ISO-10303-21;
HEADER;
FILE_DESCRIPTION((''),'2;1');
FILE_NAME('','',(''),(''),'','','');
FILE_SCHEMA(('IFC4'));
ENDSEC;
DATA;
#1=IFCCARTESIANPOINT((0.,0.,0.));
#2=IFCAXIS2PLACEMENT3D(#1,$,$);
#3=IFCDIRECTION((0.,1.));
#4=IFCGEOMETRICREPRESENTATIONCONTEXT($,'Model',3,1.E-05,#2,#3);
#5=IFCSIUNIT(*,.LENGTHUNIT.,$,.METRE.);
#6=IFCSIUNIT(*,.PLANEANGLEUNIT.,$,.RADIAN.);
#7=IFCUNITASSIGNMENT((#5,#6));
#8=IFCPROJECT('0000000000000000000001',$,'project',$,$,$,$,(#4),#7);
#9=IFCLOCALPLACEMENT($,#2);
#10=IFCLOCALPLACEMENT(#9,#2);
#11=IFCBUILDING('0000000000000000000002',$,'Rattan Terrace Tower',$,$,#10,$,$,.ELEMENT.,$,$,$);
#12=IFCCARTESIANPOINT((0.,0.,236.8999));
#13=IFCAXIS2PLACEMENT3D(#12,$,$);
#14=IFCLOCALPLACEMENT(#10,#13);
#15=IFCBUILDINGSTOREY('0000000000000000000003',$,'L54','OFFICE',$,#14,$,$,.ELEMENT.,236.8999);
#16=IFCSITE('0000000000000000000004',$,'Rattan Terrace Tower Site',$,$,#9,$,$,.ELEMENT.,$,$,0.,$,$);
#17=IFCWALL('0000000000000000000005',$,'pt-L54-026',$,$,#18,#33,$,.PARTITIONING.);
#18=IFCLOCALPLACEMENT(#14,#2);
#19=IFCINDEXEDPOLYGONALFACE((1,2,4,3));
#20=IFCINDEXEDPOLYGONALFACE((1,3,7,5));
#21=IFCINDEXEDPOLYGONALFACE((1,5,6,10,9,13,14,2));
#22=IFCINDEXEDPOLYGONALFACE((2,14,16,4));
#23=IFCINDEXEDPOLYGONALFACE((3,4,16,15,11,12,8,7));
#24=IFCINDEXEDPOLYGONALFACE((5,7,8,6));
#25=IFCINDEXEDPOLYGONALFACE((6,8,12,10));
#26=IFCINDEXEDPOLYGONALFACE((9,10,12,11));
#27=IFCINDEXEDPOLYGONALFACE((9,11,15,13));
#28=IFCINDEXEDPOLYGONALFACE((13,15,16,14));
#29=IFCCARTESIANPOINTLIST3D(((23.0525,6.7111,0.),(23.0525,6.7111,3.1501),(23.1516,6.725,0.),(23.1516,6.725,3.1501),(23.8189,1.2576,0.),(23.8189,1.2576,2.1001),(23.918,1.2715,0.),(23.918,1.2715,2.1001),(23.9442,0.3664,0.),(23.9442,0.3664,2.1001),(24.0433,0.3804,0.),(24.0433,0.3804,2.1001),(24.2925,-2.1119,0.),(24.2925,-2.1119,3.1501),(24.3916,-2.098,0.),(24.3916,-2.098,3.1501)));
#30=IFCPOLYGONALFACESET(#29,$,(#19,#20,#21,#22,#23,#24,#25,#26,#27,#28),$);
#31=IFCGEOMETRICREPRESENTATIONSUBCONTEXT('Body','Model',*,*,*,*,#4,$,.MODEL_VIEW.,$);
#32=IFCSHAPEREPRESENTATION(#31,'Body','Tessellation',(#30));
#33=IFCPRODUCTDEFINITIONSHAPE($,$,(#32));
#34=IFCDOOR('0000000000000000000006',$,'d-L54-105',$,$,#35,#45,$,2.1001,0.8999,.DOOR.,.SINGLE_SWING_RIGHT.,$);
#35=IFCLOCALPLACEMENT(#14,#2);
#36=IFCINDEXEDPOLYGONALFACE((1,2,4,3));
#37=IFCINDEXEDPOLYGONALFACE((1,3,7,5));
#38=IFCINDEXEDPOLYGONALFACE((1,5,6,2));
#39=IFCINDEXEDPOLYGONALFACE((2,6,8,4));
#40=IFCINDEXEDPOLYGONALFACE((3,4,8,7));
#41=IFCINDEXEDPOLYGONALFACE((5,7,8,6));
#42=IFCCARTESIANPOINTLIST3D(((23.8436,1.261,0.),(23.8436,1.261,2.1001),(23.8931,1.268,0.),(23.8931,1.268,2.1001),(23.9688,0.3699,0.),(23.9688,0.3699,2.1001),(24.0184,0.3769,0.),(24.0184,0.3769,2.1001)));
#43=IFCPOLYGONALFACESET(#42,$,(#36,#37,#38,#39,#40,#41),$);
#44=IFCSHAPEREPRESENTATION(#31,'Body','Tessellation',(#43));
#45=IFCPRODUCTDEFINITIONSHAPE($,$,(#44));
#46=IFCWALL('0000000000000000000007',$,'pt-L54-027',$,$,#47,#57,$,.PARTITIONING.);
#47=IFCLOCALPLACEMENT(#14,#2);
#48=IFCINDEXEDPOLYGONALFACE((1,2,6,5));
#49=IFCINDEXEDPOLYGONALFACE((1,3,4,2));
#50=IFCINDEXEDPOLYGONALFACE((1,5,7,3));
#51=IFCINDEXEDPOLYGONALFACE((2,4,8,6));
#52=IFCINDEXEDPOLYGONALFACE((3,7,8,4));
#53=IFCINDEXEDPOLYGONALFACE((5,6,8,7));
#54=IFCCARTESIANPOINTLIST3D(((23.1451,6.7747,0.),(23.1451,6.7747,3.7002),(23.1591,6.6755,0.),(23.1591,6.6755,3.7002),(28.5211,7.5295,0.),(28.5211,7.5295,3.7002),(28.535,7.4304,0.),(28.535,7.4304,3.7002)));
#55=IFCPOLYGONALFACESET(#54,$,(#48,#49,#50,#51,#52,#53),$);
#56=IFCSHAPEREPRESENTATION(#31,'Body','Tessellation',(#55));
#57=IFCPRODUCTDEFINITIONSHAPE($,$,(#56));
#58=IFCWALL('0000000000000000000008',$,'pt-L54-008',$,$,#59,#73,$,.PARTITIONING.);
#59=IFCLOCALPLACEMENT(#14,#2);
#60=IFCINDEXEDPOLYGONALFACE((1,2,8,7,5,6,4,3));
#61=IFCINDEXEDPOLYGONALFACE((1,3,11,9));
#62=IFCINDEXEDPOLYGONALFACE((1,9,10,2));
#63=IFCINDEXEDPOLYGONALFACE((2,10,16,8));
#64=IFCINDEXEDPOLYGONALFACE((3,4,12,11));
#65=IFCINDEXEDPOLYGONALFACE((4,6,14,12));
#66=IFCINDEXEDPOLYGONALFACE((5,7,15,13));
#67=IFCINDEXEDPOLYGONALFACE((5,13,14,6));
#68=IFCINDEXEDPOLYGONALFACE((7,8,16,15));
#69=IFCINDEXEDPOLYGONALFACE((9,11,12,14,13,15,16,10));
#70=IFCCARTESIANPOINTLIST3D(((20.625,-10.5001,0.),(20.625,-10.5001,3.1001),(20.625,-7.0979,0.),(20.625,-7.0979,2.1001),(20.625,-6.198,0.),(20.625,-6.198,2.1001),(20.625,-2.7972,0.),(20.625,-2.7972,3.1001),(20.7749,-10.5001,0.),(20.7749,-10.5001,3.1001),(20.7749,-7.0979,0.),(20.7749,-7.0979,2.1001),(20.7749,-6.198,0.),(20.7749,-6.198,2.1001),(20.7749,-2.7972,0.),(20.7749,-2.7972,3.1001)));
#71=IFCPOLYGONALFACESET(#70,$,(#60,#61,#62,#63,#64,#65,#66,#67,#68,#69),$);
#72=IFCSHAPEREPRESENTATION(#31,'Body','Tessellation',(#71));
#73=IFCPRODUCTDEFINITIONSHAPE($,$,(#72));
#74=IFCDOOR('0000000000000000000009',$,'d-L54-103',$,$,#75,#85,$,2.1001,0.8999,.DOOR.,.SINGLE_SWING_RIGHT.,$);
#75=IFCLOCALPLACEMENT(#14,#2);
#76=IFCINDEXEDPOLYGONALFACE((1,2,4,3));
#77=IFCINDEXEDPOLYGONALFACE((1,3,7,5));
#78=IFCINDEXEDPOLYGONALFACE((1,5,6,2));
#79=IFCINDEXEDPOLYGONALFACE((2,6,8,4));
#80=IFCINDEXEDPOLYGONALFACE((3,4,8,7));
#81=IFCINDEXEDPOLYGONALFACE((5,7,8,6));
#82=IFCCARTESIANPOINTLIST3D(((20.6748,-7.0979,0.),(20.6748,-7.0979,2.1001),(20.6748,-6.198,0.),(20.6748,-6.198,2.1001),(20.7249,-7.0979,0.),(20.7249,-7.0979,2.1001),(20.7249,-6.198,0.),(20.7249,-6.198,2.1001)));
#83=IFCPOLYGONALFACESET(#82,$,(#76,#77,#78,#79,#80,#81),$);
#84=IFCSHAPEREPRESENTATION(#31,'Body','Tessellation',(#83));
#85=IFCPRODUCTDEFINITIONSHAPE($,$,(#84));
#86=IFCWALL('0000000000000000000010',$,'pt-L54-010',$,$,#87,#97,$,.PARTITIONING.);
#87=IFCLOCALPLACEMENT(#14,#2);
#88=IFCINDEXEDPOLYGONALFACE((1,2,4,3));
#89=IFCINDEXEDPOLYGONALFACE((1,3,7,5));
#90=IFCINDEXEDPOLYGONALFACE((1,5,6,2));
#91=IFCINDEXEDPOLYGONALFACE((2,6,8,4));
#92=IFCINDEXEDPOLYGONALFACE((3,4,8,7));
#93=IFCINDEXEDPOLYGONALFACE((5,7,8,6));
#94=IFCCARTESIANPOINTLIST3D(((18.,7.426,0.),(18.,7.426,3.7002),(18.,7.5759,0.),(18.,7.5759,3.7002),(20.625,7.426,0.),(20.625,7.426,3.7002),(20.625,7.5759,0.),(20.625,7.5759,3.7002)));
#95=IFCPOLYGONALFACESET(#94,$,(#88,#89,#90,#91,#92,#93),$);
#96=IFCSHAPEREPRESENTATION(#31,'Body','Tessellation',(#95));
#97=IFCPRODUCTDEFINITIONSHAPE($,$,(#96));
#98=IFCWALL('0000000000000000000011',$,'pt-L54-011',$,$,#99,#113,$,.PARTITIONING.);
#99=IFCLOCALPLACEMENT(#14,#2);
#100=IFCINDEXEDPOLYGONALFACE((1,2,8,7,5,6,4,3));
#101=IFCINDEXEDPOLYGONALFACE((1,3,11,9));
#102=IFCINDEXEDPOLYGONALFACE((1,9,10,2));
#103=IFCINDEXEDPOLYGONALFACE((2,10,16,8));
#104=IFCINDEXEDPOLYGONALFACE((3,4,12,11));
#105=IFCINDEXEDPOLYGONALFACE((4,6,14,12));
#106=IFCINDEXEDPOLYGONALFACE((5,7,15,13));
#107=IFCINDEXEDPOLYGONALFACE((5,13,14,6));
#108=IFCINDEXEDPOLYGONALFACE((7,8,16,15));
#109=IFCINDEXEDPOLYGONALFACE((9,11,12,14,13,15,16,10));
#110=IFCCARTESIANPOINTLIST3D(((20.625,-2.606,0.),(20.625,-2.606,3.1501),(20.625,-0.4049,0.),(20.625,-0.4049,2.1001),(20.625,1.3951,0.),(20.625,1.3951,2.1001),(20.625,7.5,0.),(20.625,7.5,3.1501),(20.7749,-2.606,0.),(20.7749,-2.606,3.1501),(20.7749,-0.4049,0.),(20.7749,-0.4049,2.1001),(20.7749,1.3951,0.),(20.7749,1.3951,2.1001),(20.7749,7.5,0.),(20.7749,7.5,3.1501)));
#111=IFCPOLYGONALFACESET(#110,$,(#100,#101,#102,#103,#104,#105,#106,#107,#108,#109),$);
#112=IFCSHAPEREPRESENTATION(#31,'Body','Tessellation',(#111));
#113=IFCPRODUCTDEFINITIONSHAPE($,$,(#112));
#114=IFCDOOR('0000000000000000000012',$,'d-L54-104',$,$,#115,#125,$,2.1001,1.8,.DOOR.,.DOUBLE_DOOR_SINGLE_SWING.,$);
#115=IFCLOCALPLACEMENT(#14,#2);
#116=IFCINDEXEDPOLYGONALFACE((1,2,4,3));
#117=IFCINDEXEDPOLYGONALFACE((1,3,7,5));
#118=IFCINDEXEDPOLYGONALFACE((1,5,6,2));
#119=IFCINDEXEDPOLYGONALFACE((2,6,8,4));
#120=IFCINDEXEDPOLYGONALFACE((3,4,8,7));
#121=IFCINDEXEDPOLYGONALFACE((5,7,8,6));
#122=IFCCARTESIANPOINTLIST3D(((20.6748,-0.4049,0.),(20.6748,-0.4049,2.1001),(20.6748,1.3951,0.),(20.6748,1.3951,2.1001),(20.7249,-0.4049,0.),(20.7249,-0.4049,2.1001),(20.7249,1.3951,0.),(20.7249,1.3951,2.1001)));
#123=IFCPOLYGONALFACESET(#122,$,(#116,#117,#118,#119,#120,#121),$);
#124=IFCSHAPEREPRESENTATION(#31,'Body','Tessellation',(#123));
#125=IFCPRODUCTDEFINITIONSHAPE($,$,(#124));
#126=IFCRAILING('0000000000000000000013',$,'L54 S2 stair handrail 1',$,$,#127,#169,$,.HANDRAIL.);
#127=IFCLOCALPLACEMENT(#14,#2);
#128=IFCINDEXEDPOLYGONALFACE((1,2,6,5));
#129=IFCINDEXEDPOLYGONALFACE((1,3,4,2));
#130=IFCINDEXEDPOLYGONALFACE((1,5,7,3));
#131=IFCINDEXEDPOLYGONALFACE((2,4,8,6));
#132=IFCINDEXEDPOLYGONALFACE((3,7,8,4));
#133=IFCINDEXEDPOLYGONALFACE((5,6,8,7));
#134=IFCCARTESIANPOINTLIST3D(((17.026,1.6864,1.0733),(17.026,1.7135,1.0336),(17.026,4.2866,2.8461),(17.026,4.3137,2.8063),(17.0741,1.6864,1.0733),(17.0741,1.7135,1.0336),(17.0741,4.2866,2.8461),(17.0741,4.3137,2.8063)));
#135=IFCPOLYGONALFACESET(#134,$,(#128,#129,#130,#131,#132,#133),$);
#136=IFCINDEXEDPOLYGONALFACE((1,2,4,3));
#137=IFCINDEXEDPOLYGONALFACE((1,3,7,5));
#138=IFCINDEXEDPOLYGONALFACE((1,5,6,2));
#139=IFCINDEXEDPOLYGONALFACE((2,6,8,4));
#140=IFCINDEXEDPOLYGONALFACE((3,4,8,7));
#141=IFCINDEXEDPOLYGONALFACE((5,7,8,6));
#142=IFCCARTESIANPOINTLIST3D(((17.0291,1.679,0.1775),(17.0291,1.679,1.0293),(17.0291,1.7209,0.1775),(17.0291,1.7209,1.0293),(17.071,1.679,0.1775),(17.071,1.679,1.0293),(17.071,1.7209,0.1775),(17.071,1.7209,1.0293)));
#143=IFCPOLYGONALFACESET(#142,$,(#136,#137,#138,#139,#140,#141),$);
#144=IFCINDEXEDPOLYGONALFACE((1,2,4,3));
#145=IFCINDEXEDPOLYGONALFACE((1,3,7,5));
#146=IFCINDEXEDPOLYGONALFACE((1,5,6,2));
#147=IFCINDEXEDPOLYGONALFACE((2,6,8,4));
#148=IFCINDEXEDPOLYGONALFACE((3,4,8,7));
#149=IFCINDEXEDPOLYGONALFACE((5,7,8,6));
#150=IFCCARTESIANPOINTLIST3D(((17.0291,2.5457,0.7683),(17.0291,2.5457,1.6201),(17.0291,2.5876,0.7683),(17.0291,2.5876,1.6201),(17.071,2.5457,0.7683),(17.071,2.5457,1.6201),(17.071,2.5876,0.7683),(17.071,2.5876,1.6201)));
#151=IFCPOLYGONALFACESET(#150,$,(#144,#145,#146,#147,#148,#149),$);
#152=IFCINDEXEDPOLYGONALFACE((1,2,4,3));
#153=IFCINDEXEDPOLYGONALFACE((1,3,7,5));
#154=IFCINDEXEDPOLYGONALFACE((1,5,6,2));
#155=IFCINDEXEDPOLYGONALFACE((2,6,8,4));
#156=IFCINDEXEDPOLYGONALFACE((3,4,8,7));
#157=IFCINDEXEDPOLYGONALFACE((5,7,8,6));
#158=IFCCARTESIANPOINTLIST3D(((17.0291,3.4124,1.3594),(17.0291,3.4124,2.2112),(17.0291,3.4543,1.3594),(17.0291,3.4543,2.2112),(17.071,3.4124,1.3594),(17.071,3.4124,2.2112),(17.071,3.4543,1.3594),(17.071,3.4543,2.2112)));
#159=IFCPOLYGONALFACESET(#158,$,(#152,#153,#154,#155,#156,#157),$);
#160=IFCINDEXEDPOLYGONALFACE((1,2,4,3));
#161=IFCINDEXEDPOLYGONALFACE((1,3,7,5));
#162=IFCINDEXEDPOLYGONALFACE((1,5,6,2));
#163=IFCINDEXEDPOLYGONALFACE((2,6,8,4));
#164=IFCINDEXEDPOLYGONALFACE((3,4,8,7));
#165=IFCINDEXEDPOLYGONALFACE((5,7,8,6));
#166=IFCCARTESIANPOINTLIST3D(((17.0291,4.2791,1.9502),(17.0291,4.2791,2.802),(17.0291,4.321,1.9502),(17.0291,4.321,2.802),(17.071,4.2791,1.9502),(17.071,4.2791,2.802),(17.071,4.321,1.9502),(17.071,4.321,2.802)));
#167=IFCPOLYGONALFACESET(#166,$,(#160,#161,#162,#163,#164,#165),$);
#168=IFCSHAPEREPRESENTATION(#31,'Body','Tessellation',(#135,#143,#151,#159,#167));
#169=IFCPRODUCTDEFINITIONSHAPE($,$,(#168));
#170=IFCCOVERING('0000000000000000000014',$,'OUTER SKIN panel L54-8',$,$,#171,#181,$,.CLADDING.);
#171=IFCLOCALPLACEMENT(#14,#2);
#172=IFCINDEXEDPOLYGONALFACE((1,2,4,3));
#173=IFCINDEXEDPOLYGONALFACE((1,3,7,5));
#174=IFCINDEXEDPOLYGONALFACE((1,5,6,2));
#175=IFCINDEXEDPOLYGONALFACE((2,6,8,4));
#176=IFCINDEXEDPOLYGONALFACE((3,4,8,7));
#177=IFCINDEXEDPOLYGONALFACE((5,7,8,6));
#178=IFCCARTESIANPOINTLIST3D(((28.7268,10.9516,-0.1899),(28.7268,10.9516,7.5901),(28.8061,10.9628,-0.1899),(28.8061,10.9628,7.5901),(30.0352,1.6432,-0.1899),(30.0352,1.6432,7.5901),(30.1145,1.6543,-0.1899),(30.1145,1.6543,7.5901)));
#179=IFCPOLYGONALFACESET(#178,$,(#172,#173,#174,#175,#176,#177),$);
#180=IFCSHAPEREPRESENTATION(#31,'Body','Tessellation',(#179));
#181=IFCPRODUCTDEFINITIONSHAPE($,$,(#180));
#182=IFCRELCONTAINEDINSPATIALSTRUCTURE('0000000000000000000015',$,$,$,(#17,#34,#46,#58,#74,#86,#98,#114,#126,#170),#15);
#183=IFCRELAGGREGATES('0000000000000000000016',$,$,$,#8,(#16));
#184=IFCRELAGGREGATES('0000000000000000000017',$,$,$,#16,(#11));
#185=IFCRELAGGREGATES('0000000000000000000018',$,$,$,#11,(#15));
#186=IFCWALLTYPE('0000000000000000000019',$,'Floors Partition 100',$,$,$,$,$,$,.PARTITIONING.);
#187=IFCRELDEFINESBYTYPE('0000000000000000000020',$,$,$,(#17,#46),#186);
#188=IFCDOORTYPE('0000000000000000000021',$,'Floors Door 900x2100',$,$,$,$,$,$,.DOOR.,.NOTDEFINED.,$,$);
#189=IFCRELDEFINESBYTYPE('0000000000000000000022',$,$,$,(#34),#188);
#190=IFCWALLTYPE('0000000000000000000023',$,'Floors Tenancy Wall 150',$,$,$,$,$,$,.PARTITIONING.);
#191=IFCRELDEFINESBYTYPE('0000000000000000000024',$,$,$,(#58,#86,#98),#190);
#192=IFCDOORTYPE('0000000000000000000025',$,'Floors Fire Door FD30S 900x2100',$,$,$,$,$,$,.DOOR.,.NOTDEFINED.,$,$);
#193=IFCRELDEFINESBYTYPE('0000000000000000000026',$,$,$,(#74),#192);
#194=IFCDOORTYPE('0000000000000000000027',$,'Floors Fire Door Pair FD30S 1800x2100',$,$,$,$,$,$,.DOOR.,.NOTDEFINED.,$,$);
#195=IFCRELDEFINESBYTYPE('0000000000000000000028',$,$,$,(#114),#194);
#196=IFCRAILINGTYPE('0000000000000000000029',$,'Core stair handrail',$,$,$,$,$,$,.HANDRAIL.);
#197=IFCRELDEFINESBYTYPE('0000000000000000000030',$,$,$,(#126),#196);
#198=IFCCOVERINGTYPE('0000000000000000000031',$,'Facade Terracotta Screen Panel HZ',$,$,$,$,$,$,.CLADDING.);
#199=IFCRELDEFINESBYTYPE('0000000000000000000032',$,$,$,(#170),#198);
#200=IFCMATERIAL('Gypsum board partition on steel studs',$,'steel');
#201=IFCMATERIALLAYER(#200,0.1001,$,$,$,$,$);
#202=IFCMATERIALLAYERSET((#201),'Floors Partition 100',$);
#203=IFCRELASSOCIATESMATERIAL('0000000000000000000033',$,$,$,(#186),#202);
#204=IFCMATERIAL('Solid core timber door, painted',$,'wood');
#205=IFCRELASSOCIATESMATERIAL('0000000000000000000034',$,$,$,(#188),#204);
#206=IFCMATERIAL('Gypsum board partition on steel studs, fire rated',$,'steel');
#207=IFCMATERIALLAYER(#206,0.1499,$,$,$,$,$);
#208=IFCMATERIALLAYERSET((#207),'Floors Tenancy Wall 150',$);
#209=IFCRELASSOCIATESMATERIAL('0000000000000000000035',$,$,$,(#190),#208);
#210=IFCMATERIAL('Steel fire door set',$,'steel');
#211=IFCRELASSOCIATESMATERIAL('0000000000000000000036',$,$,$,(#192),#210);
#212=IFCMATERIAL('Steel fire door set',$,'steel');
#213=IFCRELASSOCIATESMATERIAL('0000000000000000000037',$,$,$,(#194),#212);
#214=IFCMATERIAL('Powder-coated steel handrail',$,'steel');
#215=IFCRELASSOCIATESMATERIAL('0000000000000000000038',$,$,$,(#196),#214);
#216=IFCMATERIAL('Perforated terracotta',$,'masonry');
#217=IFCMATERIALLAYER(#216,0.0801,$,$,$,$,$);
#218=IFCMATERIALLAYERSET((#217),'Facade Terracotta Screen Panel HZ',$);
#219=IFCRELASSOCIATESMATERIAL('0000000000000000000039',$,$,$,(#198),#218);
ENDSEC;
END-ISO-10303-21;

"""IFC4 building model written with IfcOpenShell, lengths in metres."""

from ifc_helpers import new_model, si_unit, direction, frame, frame_2d, origin, origin_2d, place, context, subcontext, project, spatial, rectangle, extrude, material, layer, layer_set, type_object, element, fill, save


model = new_model("IFC4")

# Units and contexts
model_context = context("Model", 3, precision=1e-05, world=origin(), true_north=direction((0.0, 1.0)))
body_context = subcontext(model_context, "Body", "Model", "MODEL_VIEW")
ifc_project = project(units=[si_unit("LENGTHUNIT", "METRE"), si_unit("PLANEANGLEUNIT", "RADIAN")], contexts=[model_context])

# Site, building, storey
site_placement = place(None, origin())
site = spatial("IfcSite", under=ifc_project, at=site_placement, Name="Rattan Terrace Tower Site", CompositionType="ELEMENT", RefElevation=0.0)
building_placement = place(site_placement, origin())
building = spatial("IfcBuilding", under=site, at=building_placement, Name="Rattan Terrace Tower", CompositionType="ELEMENT")
storey_placement = place(building_placement, frame((0.0, 0.0, 236.8999)))
storey = spatial("IfcBuildingStorey", under=building, at=storey_placement, Name="L54", Description="OFFICE", CompositionType="ELEMENT", Elevation=236.8999)

# Wall, opening, door
ifc_material_1 = material(Name="Gypsum board partition on steel studs", Category="steel")
ifc_layer_1 = layer(ifc_material_1, 0.1001)
ifc_layer_set_1 = layer_set([ifc_layer_1], Name="Floors Partition 100")
wall_type_1 = type_object("IfcWallType", Name="Floors Partition 100", PredefinedType="PARTITIONING", material=ifc_layer_set_1)
wall_1_placement = place(storey_placement, frame((23.1021, 6.718, 0.0), z_axis=(0.0, 0.0, 1.0), x_axis=(0.139173, -0.990268, 0.0)))
wall_1 = element("IfcWall", 1, at=wall_1_placement, inside=storey, type_object=wall_type_1, Name="pt-L54-026", PredefinedType="PARTITIONING", context=body_context, shape_type="SweptSolid", body=[
    extrude(rectangle(XDim=8.9097, YDim=0.1001, at=frame_2d((4.4548, 0.0))), origin(), (0.0, 0.0, 1.0), 3.1501),
])
opening_1_placement = place(wall_1_placement, frame((5.5071, 0.0, 0.0)))
opening_1 = element("IfcOpeningElement", 2, at=opening_1_placement, cuts=wall_1, PredefinedType="OPENING", context=body_context, shape_type="SweptSolid", body=[
    extrude(rectangle(XDim=0.8999, YDim=2.1001, at=frame_2d((0.45, 1.05))), frame((0.0, 0.0605, 0.0), z_axis=(0.0, -1.0, 0.0), x_axis=(1.0, 0.0, 0.0)), (0.0, 0.0, 1.0), 0.1211),
])
ifc_material_2 = material(Name="Solid core timber door, painted", Category="wood")
door_type_1 = type_object("IfcDoorType", Name="Floors Door 900x2100", OperationType="NOTDEFINED", PredefinedType="DOOR", material=ifc_material_2)
door_1_placement = place(opening_1_placement, origin())
door_1 = element("IfcDoor", 3, at=door_1_placement, inside=storey, type_object=door_type_1, Name="d-L54-105", OperationType="SINGLE_SWING_RIGHT", OverallHeight=2.1001, OverallWidth=0.8999, PredefinedType="DOOR", context=body_context, shape_type="SweptSolid", body=[
    extrude(rectangle(XDim=0.8999, YDim=2.1001, at=frame_2d((0.45, 1.05))), frame((0.0, 0.0249, 0.0), z_axis=(0.0, -1.0, 0.0), x_axis=(1.0, 0.0, 0.0)), (0.0, 0.0, 1.0), 0.05),
])
fill(opening_1, door_1)

# Wall
wall_2_placement = place(storey_placement, frame((28.5281, 7.48, 0.0), z_axis=(0.0, 0.0, 1.0), x_axis=(-0.990285, -0.139054, 0.0)))
element("IfcWall", 4, at=wall_2_placement, inside=storey, type_object=wall_type_1, Name="pt-L54-027", PredefinedType="PARTITIONING", context=body_context, shape_type="SweptSolid", body=[
    extrude(rectangle(XDim=5.4287, YDim=0.1001, at=frame_2d((2.7144, 0.0))), origin(), (0.0, 0.0, 1.0), 3.7002),
])

# Wall, opening, door
ifc_material_3 = material(Name="Gypsum board partition on steel studs, fire rated", Category="steel")
ifc_layer_2 = layer(ifc_material_3, 0.1499)
ifc_layer_set_2 = layer_set([ifc_layer_2], Name="Floors Tenancy Wall 150")
wall_type_2 = type_object("IfcWallType", Name="Floors Tenancy Wall 150", PredefinedType="PARTITIONING", material=ifc_layer_set_2)
wall_3_placement = place(storey_placement, frame((20.7, -2.7971, 0.0), z_axis=(0.0, 0.0, 1.0), x_axis=(0.0, -1.0, 0.0)))
wall_3 = element("IfcWall", 5, at=wall_3_placement, inside=storey, type_object=wall_type_2, Name="pt-L54-008", PredefinedType="PARTITIONING", context=body_context, shape_type="SweptSolid", body=[
    extrude(rectangle(XDim=7.7029, YDim=0.1499, at=frame_2d((3.8516, 0.0))), origin(), (0.0, 0.0, 1.0), 3.1001),
])
opening_2_placement = place(wall_3_placement, frame((3.4009, 0.0, 0.0)))
opening_2 = element("IfcOpeningElement", 6, at=opening_2_placement, cuts=wall_3, PredefinedType="OPENING", context=body_context, shape_type="SweptSolid", body=[
    extrude(rectangle(XDim=0.8999, YDim=2.1001, at=frame_2d((0.45, 1.05))), frame((0.0, 0.0854, 0.0), z_axis=(0.0, -1.0, 0.0), x_axis=(1.0, 0.0, 0.0)), (0.0, 0.0, 1.0), 0.1709),
])
ifc_material_4 = material(Name="Steel fire door set", Category="steel")
door_type_2 = type_object("IfcDoorType", Name="Floors Fire Door FD30S 900x2100", OperationType="NOTDEFINED", PredefinedType="DOOR", material=ifc_material_4)
door_2_placement = place(opening_2_placement, origin())
door_2 = element("IfcDoor", 7, at=door_2_placement, inside=storey, type_object=door_type_2, Name="d-L54-103", OperationType="SINGLE_SWING_RIGHT", OverallHeight=2.1001, OverallWidth=0.8999, PredefinedType="DOOR", context=body_context, shape_type="SweptSolid", body=[
    extrude(rectangle(XDim=0.8999, YDim=2.1001, at=frame_2d((0.45, 1.05))), frame((0.0, 0.0249, 0.0), z_axis=(0.0, -1.0, 0.0), x_axis=(1.0, 0.0, 0.0)), (0.0, 0.0, 1.0), 0.05),
])
fill(opening_2, door_2)

# Wall
wall_4_placement = place(storey_placement, frame((18.0, 7.501, 0.0), z_axis=(0.0, 0.0, 1.0), x_axis=(1.0, 0.0, 0.0)))
element("IfcWall", 8, at=wall_4_placement, inside=storey, type_object=wall_type_2, Name="pt-L54-010", PredefinedType="PARTITIONING", context=body_context, shape_type="SweptSolid", body=[
    extrude(rectangle(XDim=2.625, YDim=0.1499, at=frame_2d((1.3125, 0.0))), origin(), (0.0, 0.0, 1.0), 3.7002),
])

# Wall, opening, door
wall_5_placement = place(storey_placement, frame((20.7, 7.5, 0.0), z_axis=(0.0, 0.0, 1.0), x_axis=(0.0, -1.0, 0.0)))
wall_5 = element("IfcWall", 9, at=wall_5_placement, inside=storey, type_object=wall_type_2, Name="pt-L54-011", PredefinedType="PARTITIONING", context=body_context, shape_type="SweptSolid", body=[
    extrude(rectangle(XDim=10.106, YDim=0.1499, at=frame_2d((5.053, 0.0))), origin(), (0.0, 0.0, 1.0), 3.1501),
])
opening_3_placement = place(wall_5_placement, frame((6.105, 0.0, 0.0)))
opening_3 = element("IfcOpeningElement", 10, at=opening_3_placement, cuts=wall_5, PredefinedType="OPENING", context=body_context, shape_type="SweptSolid", body=[
    extrude(rectangle(XDim=1.8, YDim=2.1001, at=frame_2d((0.8999, 1.05))), frame((0.0, 0.0854, 0.0), z_axis=(0.0, -1.0, 0.0), x_axis=(1.0, 0.0, 0.0)), (0.0, 0.0, 1.0), 0.1709),
])
ifc_material_5 = material(Name="Steel fire door set", Category="steel")
door_type_3 = type_object("IfcDoorType", Name="Floors Fire Door Pair FD30S 1800x2100", OperationType="NOTDEFINED", PredefinedType="DOOR", material=ifc_material_5)
door_3_placement = place(opening_3_placement, origin())
door_3 = element("IfcDoor", 11, at=door_3_placement, inside=storey, type_object=door_type_3, Name="d-L54-104", OperationType="DOUBLE_DOOR_SINGLE_SWING", OverallHeight=2.1001, OverallWidth=1.8, PredefinedType="DOOR", context=body_context, shape_type="SweptSolid", body=[
    extrude(rectangle(XDim=1.8, YDim=2.1001, at=frame_2d((0.8999, 1.05))), frame((0.0, 0.0249, 0.0), z_axis=(0.0, -1.0, 0.0), x_axis=(1.0, 0.0, 0.0)), (0.0, 0.0, 1.0), 0.05),
])
fill(opening_3, door_3)

# Railing
ifc_material_6 = material(Name="Powder-coated steel handrail", Category="steel")
railing_type = type_object("IfcRailingType", Name="Core stair handrail", PredefinedType="HANDRAIL", material=ifc_material_6)
railing_placement = place(storey_placement, frame((17.05, 1.7, 0.1775)))
element("IfcRailing", 12, at=railing_placement, inside=storey, type_object=railing_type, Name="L54 S2 stair handrail 1", PredefinedType="HANDRAIL", context=body_context, shape_type="SweptSolid", body=[
    extrude(rectangle(XDim=0.0481, YDim=0.0481, at=origin_2d()), frame((0.0, 0.0, 0.876), z_axis=(0.0, 0.82624, 0.563318), x_axis=(-1.0, 0.0, 0.0)), (0.0, 0.0, 1.0), 3.147),
    extrude(rectangle(XDim=0.042, YDim=0.042, at=origin_2d()), origin(), (0.0, 0.0, 1.0), 0.8518),
    extrude(rectangle(XDim=0.042, YDim=0.042, at=origin_2d()), frame((0.0, 0.8667, 0.5908)), (0.0, 0.0, 1.0), 0.8518),
    extrude(rectangle(XDim=0.042, YDim=0.042, at=origin_2d()), frame((0.0, 1.7334, 1.1819)), (0.0, 0.0, 1.0), 0.8518),
    extrude(rectangle(XDim=0.042, YDim=0.042, at=origin_2d()), frame((0.0, 2.6001, 1.7727)), (0.0, 0.0, 1.0), 0.8518),
])

# Covering
ifc_material_7 = material(Name="Perforated terracotta", Category="masonry")
ifc_layer_3 = layer(ifc_material_7, 0.0801)
ifc_layer_set_3 = layer_set([ifc_layer_3], Name="Facade Terracotta Screen Panel HZ")
covering_type = type_object("IfcCoveringType", Name="Facade Terracotta Screen Panel HZ", PredefinedType="CLADDING", material=ifc_layer_set_3)
covering_1_placement = place(storey_placement, frame((29.4207, 6.303, -0.1899), z_axis=(0.0, 0.0, 1.0), x_axis=(-0.139186, 0.990266, 0.0)))
element("IfcCovering", 13, at=covering_1_placement, inside=storey, type_object=covering_type, Name="OUTER SKIN panel L54-8", PredefinedType="CLADDING", context=body_context, shape_type="SweptSolid", body=[
    extrude(rectangle(XDim=9.3999, YDim=0.0801, at=origin_2d()), origin(), (0.0, 0.0, 1.0), 7.78),
])

save(model, "model.ifc")
